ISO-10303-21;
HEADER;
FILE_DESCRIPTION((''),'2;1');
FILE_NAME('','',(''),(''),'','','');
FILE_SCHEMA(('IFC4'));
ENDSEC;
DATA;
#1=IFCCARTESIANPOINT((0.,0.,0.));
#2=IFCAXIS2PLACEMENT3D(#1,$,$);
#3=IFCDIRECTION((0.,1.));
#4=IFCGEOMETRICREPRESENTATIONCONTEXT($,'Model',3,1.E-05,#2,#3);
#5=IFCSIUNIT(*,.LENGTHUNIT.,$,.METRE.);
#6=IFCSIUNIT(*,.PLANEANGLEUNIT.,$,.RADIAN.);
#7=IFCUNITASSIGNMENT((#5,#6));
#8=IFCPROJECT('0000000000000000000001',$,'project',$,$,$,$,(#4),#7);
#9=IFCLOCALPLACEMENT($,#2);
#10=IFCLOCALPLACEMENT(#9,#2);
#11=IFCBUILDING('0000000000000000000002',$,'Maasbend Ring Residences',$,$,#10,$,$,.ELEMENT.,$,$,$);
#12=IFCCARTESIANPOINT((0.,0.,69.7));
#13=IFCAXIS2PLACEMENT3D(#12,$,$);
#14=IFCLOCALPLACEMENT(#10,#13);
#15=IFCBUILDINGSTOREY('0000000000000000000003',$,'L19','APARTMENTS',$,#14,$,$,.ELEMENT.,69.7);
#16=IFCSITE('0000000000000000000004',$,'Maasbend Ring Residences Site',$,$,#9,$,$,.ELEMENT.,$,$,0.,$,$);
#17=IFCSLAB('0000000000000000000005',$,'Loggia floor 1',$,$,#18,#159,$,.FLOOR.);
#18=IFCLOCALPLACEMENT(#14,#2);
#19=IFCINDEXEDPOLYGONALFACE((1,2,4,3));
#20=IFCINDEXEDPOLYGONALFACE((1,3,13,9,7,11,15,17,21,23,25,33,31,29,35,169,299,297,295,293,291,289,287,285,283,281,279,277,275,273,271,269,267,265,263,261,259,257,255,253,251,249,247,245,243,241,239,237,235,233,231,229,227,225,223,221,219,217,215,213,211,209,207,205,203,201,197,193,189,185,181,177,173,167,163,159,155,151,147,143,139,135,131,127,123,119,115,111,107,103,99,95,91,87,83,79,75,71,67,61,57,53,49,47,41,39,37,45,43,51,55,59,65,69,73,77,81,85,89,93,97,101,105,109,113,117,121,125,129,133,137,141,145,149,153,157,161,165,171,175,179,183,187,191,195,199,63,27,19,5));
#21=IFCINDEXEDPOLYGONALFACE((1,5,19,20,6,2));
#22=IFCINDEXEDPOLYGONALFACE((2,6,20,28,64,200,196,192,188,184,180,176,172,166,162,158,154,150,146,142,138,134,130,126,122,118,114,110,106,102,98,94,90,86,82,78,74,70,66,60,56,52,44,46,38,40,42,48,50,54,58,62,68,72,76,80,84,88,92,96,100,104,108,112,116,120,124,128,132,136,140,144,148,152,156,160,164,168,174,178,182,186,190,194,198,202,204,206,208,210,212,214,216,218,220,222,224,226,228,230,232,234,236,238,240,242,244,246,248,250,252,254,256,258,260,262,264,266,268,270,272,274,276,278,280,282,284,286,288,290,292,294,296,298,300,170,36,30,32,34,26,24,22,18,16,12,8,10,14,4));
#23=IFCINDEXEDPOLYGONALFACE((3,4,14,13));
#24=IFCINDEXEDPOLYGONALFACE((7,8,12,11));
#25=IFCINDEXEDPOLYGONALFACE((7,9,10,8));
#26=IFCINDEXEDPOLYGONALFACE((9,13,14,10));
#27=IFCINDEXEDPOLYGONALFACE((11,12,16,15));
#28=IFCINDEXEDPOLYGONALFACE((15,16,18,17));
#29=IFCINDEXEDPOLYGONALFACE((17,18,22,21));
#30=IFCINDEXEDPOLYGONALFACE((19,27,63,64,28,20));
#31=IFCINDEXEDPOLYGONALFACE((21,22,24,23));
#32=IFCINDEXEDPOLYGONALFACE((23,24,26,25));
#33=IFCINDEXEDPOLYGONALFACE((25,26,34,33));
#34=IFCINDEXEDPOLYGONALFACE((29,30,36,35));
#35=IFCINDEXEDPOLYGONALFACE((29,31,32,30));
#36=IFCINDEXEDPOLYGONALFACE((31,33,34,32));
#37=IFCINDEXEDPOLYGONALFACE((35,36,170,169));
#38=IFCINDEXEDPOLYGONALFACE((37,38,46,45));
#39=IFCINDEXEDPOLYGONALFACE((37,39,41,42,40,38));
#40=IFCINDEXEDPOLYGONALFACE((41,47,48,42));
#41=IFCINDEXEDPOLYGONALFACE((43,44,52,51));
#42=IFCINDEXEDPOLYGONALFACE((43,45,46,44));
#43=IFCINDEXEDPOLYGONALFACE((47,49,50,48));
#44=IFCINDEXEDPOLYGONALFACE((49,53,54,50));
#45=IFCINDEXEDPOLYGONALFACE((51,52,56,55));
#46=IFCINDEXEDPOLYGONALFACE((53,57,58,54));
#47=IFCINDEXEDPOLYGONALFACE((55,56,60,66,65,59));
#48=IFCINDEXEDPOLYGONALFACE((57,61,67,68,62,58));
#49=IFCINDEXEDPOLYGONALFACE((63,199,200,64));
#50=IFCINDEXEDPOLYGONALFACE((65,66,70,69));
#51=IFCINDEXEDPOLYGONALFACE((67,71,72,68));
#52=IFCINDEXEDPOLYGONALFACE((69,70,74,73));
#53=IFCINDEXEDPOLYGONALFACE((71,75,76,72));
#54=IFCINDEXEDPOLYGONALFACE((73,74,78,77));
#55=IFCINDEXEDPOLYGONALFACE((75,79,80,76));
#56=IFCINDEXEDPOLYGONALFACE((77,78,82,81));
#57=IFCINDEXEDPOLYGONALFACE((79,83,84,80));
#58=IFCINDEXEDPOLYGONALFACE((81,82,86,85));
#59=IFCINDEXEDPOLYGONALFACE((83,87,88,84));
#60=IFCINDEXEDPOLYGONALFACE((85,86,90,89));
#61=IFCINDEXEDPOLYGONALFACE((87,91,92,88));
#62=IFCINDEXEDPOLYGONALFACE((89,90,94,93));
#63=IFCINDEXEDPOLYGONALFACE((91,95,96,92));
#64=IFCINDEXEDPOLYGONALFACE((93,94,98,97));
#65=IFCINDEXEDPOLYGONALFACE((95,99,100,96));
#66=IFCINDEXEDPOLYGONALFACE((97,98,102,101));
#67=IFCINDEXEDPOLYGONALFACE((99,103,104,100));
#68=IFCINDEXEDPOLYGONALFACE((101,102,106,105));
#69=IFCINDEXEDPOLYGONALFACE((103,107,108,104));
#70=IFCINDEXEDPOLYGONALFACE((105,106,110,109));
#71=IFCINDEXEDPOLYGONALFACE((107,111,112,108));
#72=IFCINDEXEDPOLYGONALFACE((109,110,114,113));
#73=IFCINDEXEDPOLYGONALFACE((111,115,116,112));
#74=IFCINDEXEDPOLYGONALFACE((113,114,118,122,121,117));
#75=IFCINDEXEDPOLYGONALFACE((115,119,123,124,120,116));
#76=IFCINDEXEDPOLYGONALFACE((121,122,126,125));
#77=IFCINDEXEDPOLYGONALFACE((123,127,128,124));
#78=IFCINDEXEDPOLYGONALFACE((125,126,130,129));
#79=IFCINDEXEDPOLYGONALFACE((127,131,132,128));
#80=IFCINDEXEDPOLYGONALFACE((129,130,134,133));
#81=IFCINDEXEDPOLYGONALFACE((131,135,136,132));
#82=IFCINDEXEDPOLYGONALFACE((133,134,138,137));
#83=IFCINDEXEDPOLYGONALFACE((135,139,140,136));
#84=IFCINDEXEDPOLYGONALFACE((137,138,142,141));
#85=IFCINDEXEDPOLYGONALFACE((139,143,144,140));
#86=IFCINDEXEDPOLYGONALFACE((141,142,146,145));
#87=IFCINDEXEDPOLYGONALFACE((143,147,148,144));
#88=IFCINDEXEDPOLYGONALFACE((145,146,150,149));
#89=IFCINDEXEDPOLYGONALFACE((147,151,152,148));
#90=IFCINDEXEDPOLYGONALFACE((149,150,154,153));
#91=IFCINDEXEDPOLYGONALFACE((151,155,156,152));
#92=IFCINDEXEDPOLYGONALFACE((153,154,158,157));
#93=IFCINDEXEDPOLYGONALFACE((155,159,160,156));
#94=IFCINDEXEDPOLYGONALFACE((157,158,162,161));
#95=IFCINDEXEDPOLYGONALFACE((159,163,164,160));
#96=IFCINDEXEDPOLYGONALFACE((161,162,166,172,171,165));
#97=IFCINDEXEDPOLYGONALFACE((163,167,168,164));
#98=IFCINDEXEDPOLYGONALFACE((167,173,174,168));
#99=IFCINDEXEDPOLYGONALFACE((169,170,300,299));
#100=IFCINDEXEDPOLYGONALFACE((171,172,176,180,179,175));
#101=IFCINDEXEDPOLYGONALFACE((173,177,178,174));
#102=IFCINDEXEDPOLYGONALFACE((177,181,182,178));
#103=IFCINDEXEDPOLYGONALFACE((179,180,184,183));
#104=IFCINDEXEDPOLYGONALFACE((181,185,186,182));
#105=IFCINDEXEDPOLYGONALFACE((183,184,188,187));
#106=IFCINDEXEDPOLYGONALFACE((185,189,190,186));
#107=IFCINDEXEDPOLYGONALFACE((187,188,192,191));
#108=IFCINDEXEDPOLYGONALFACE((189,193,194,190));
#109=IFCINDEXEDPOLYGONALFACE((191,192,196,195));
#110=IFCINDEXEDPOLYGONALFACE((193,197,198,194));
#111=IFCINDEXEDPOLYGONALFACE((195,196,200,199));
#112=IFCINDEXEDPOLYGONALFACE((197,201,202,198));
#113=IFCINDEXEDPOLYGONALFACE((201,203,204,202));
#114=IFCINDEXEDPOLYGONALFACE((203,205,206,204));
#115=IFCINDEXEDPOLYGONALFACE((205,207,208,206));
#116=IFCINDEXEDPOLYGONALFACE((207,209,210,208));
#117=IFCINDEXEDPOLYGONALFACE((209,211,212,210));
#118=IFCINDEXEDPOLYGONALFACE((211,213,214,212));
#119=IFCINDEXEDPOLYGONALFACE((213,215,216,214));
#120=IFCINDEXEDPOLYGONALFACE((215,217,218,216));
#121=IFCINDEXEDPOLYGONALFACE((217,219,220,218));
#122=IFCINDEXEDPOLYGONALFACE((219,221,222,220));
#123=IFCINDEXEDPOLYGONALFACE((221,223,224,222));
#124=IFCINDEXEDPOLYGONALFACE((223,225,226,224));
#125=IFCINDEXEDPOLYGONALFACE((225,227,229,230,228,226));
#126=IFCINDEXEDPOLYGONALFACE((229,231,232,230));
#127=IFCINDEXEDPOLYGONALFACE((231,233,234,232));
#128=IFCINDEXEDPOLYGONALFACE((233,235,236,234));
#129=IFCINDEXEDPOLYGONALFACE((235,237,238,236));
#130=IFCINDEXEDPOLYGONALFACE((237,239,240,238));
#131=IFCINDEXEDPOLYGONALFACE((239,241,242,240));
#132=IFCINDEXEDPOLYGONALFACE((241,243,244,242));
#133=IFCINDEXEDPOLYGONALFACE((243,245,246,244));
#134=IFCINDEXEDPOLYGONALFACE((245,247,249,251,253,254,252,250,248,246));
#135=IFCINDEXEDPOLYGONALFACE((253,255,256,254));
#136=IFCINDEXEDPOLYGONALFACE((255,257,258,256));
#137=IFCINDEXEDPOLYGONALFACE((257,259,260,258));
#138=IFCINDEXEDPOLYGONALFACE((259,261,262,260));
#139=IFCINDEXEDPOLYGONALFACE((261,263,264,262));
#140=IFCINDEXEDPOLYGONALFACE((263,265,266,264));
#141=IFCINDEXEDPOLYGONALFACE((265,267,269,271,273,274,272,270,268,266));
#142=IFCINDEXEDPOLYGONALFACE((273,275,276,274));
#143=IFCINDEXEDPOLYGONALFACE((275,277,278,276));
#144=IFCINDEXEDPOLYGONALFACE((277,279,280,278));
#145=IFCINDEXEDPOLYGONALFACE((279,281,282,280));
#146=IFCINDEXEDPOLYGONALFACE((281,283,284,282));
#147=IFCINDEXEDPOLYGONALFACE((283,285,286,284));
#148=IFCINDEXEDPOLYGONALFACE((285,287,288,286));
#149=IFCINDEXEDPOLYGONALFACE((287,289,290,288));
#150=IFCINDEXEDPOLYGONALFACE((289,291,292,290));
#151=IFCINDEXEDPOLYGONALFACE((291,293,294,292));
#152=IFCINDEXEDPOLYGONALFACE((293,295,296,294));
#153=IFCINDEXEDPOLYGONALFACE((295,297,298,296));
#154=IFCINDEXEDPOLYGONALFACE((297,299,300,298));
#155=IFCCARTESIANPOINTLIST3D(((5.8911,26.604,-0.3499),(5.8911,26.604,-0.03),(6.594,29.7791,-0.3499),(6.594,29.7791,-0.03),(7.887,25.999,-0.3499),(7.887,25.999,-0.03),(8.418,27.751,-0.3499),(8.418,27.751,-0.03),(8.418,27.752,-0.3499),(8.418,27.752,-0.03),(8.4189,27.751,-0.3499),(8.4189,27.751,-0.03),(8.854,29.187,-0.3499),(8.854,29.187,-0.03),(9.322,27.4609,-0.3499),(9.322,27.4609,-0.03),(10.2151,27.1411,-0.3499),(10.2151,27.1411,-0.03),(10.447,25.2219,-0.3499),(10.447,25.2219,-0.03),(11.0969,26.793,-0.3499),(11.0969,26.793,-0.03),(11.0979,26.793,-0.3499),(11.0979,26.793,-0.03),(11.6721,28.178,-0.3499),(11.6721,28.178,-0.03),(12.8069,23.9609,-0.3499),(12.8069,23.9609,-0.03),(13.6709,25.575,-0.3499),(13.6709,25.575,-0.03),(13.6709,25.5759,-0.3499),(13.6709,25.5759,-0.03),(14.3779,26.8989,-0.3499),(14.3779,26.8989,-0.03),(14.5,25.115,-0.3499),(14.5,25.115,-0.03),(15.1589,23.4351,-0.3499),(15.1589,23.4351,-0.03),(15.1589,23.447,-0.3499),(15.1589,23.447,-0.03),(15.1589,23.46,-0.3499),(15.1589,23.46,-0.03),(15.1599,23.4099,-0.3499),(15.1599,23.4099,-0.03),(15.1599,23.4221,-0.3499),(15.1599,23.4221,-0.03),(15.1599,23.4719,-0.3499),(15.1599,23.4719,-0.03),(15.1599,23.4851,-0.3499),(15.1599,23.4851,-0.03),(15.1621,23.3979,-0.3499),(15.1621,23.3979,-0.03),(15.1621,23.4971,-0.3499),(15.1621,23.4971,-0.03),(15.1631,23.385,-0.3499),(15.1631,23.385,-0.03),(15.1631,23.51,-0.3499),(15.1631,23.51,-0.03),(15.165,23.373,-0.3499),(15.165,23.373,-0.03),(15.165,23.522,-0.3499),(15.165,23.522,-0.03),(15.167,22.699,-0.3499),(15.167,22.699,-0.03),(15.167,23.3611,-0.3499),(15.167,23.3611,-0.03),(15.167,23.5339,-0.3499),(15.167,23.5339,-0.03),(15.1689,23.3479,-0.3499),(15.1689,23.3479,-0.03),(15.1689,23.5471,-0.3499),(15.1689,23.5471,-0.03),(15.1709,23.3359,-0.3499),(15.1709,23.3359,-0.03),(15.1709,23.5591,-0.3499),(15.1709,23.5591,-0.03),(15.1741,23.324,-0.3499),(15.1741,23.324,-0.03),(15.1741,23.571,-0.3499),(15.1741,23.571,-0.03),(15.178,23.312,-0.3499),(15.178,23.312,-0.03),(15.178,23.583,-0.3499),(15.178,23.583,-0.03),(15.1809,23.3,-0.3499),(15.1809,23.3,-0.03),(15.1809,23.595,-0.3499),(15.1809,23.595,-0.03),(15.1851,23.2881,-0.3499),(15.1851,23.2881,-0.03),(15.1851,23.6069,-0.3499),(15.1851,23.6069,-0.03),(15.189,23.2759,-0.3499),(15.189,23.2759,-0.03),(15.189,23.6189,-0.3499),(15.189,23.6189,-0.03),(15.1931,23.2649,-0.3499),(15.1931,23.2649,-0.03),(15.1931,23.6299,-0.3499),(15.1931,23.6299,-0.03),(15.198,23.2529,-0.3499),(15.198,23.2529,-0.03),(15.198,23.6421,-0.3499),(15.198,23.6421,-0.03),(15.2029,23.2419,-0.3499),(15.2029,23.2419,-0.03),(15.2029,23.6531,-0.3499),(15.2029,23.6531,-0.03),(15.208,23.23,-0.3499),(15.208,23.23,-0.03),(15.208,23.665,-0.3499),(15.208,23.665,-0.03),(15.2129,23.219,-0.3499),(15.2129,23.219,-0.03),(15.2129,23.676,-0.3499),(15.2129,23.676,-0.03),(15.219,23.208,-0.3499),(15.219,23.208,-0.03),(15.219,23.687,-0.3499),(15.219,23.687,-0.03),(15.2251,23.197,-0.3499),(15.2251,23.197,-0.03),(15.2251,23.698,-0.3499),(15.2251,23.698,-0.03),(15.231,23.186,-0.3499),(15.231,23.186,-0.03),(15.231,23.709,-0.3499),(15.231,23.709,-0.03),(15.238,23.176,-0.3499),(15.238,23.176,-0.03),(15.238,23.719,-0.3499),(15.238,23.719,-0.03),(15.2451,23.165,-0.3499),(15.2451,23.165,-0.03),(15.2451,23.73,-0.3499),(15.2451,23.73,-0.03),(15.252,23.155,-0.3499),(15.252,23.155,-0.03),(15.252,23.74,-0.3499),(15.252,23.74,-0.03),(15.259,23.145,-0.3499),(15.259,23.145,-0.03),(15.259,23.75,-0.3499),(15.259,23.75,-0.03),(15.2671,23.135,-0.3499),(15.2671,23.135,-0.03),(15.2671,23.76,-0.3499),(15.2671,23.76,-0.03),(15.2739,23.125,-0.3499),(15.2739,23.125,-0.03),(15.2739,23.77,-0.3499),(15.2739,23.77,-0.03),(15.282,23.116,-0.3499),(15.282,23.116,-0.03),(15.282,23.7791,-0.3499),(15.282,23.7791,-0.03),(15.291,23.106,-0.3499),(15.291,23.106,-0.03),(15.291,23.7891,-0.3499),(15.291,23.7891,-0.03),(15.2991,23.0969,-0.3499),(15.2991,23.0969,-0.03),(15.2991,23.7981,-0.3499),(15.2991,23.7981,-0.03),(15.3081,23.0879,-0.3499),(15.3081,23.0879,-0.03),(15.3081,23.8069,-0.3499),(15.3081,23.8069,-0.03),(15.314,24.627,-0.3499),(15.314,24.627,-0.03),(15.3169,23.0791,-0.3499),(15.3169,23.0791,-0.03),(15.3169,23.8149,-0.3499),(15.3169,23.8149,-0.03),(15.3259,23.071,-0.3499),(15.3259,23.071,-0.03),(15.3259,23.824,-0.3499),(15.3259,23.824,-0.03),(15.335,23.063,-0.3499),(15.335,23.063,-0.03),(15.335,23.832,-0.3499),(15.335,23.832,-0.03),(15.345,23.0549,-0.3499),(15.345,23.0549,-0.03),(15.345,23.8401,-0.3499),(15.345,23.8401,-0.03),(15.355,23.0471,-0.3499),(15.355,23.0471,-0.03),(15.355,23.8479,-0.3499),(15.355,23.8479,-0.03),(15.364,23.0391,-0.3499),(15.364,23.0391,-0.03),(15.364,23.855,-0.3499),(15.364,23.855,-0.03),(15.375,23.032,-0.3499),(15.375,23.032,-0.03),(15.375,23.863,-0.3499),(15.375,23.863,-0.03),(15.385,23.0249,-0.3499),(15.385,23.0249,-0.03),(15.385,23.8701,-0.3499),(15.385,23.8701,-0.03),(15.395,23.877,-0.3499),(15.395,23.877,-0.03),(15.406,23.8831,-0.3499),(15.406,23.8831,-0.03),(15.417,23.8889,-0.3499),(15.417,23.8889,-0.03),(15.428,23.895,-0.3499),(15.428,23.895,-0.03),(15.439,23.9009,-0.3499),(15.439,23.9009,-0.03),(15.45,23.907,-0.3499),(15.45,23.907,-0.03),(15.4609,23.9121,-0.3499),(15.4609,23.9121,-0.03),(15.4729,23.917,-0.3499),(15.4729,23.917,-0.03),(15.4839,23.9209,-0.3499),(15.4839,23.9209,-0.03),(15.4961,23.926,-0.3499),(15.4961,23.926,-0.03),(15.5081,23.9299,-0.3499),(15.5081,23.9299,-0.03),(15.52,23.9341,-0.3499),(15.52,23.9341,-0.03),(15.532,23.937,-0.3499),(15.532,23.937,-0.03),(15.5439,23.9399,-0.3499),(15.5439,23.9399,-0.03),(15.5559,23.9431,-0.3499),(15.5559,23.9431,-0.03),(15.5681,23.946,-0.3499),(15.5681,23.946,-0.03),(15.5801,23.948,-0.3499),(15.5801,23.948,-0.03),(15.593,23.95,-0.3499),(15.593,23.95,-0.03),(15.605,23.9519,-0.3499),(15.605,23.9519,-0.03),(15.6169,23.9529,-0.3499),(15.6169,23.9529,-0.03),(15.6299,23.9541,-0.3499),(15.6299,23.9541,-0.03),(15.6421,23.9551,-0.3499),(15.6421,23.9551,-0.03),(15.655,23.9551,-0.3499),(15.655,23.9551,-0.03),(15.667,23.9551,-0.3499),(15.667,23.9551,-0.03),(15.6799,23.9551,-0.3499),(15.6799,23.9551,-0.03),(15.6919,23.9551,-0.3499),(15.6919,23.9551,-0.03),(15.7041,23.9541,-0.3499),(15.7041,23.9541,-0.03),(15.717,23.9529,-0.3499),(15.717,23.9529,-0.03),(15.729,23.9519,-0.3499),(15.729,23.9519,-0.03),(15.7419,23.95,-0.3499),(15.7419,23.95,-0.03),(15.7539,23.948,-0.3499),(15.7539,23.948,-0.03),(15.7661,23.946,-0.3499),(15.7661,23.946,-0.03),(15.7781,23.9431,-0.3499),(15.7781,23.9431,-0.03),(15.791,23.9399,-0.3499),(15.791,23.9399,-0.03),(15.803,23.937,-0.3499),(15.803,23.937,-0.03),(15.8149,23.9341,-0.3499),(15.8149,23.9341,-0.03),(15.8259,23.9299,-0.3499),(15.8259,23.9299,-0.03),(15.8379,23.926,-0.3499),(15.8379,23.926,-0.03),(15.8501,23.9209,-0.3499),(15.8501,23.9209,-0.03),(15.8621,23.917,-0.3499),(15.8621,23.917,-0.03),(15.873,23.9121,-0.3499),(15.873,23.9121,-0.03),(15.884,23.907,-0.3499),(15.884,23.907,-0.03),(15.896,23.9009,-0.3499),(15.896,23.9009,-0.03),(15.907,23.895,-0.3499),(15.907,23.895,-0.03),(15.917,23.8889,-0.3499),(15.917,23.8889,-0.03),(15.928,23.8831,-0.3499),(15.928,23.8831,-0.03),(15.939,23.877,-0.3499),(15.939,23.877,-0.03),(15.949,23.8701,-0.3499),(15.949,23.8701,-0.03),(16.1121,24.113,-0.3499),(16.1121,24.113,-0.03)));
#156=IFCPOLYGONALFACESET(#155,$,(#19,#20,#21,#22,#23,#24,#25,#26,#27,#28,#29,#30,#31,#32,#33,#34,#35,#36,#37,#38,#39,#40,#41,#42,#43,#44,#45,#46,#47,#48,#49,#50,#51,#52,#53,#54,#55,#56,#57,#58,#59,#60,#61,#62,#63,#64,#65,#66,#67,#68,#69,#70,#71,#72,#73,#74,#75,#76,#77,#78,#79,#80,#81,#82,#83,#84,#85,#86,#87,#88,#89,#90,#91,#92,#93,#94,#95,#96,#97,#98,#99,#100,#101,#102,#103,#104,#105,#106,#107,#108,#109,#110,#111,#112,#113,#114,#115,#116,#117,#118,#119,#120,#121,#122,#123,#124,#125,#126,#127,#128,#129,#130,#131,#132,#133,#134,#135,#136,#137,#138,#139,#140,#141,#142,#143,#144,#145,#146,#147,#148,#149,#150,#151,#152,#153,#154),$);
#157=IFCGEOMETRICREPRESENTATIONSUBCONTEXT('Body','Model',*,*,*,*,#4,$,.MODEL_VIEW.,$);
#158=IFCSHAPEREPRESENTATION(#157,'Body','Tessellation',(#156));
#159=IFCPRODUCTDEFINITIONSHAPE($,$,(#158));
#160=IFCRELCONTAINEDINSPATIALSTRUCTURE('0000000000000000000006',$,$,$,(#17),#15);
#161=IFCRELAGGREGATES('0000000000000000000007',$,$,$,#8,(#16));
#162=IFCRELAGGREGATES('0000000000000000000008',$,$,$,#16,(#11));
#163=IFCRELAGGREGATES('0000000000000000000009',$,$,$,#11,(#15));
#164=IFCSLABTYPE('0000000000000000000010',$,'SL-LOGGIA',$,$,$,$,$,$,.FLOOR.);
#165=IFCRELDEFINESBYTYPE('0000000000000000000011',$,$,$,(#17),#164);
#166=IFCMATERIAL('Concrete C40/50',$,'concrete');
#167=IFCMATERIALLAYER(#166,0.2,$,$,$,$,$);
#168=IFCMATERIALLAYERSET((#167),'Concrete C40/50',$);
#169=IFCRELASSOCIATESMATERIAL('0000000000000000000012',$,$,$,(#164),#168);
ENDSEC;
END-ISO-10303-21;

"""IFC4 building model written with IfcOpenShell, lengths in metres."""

from ifc_helpers import new_model, si_unit, direction, frame, origin, place, context, subcontext, project, spatial, polyline, outline, extrude, material, layer, layer_set, type_object, element, save


model = new_model("IFC4")

# Units and contexts
model_context = context("Model", 3, precision=1e-05, world=origin(), true_north=direction((0.0, 1.0)))
body_context = subcontext(model_context, "Body", "Model", "MODEL_VIEW")
ifc_project = project(units=[si_unit("LENGTHUNIT", "METRE"), si_unit("PLANEANGLEUNIT", "RADIAN")], contexts=[model_context])

# Site, building, storey
site_placement = place(None, origin())
site = spatial("IfcSite", under=ifc_project, at=site_placement, Name="Maasbend Ring Residences Site", CompositionType="ELEMENT", RefElevation=0.0)
building_placement = place(site_placement, origin())
building = spatial("IfcBuilding", under=site, at=building_placement, Name="Maasbend Ring Residences", CompositionType="ELEMENT")
storey_placement = place(building_placement, frame((0.0, 0.0, 69.7)))
storey = spatial("IfcBuildingStorey", under=building, at=storey_placement, Name="L19", Description="APARTMENTS", CompositionType="ELEMENT", Elevation=69.7)

# Slab
ifc_material_1 = material(Name="Concrete C40/50", Category="concrete")
ifc_layer_1 = layer(ifc_material_1, 0.2)
ifc_layer_set_1 = layer_set([ifc_layer_1], Name="Concrete C40/50")
slab_type_1 = type_object("IfcSlabType", Name="SL-LOGGIA", PredefinedType="FLOOR", material=ifc_layer_set_1)
slab_1_placement = place(storey_placement, frame((0.0, 0.0, -0.3499)))
element("IfcSlab", 1, at=slab_1_placement, inside=storey, type_object=slab_type_1, Name="Loggia floor 1", PredefinedType="FLOOR", context=body_context, shape_type="SweptSolid", body=[
    extrude(outline(polyline([(8.854, 29.187), (8.854, 29.187), (8.854, 29.187), (8.418, 27.752), (8.418, 27.752), (8.418, 27.752), (8.418, 27.752), (8.418, 27.752), (8.418, 27.752), (8.418, 27.751), (8.418, 27.751), (8.418, 27.751), (8.418, 27.751), (8.418, 27.751), (8.4189, 27.751), (8.4189, 27.751), (8.4189, 27.751), (8.4189, 27.751), (8.4189, 27.751), (8.4189, 27.751), (9.322, 27.4609), (9.322, 27.4609), (10.2151, 27.1411), (10.2151, 27.1411), (11.0969, 26.793), (11.0969, 26.793), (11.0969, 26.793), (11.0979, 26.793), (11.0979, 26.793), (11.0979, 26.793), (11.0979, 26.793), (11.0979, 26.793), (11.0979, 26.793), (11.0979, 26.793), (11.0979, 26.793), (11.0979, 26.793), (11.0979, 26.793), (11.0979, 26.793), (11.0979, 26.793), (11.0979, 26.793), (11.0979, 26.793), (11.6721, 28.178), (11.6721, 28.178), (11.6721, 28.178), (14.3779, 26.8989), (14.3779, 26.8989), (14.3779, 26.8989), (13.6709, 25.5759), (13.6709, 25.5759), (13.6709, 25.5759), (13.6709, 25.5759), (13.6709, 25.5759), (13.6709, 25.5759), (13.6709, 25.5759), (13.6709, 25.5759), (13.6709, 25.5759), (13.6709, 25.5759), (13.6709, 25.5759), (13.6709, 25.5759), (13.6709, 25.5759), (13.6709, 25.5759), (13.6709, 25.5759), (13.6709, 25.5759), (13.6709, 25.575), (14.5, 25.115), (14.5, 25.115), (15.314, 24.627), (15.314, 24.627), (16.1121, 24.113), (16.1121, 24.113), (16.1121, 24.113), (15.949, 23.8701), (15.939, 23.877), (15.928, 23.8831), (15.917, 23.8889), (15.907, 23.895), (15.896, 23.9009), (15.884, 23.907), (15.873, 23.9121), (15.8621, 23.917), (15.8501, 23.9209), (15.8379, 23.926), (15.8259, 23.9299), (15.8149, 23.9341), (15.803, 23.937), (15.791, 23.9399), (15.7781, 23.9431), (15.7661, 23.946), (15.7539, 23.948), (15.7419, 23.95), (15.729, 23.9519), (15.717, 23.9529), (15.7041, 23.9541), (15.6919, 23.9551), (15.6799, 23.9551), (15.667, 23.9551), (15.655, 23.9551), (15.6421, 23.9551), (15.6299, 23.9541), (15.6169, 23.9529), (15.605, 23.9519), (15.593, 23.95), (15.5801, 23.948), (15.5681, 23.946), (15.5559, 23.9431), (15.5439, 23.9399), (15.532, 23.937), (15.52, 23.9341), (15.5081, 23.9299), (15.4961, 23.926), (15.4839, 23.9209), (15.4729, 23.917), (15.4609, 23.9121), (15.45, 23.907), (15.439, 23.9009), (15.428, 23.895), (15.417, 23.8889), (15.406, 23.8831), (15.395, 23.877), (15.385, 23.8701), (15.375, 23.863), (15.364, 23.855), (15.355, 23.8479), (15.345, 23.8401), (15.335, 23.832), (15.3259, 23.824), (15.3169, 23.8149), (15.3081, 23.8069), (15.2991, 23.7981), (15.291, 23.7891), (15.282, 23.7791), (15.2739, 23.77), (15.2671, 23.76), (15.259, 23.75), (15.252, 23.74), (15.2451, 23.73), (15.238, 23.719), (15.231, 23.709), (15.2251, 23.698), (15.219, 23.687), (15.2129, 23.676), (15.208, 23.665), (15.2029, 23.6531), (15.198, 23.6421), (15.1931, 23.6299), (15.189, 23.6189), (15.1851, 23.6069), (15.1809, 23.595), (15.178, 23.583), (15.1741, 23.571), (15.1709, 23.5591), (15.1689, 23.5471), (15.167, 23.5339), (15.165, 23.522), (15.1631, 23.51), (15.1621, 23.4971), (15.1599, 23.4851), (15.1599, 23.4719), (15.1589, 23.46), (15.1589, 23.447), (15.1589, 23.4351), (15.1599, 23.4221), (15.1599, 23.4099), (15.1621, 23.3979), (15.1631, 23.385), (15.165, 23.373), (15.167, 23.3611), (15.1689, 23.3479), (15.1709, 23.3359), (15.1741, 23.324), (15.178, 23.312), (15.1809, 23.3), (15.1851, 23.2881), (15.189, 23.2759), (15.1931, 23.2649), (15.198, 23.2529), (15.2029, 23.2419), (15.208, 23.23), (15.2129, 23.219), (15.219, 23.208), (15.2251, 23.197), (15.231, 23.186), (15.238, 23.176), (15.2451, 23.165), (15.252, 23.155), (15.259, 23.145), (15.2671, 23.135), (15.2739, 23.125), (15.282, 23.116), (15.291, 23.106), (15.2991, 23.0969), (15.3081, 23.0879), (15.3169, 23.0791), (15.3259, 23.071), (15.335, 23.063), (15.345, 23.0549), (15.355, 23.0471), (15.364, 23.0391), (15.375, 23.032), (15.385, 23.0249), (15.167, 22.699), (15.167, 22.699), (15.167, 22.699), (12.8069, 23.9609), (10.447, 25.2219), (10.447, 25.2219), (10.447, 25.2219), (7.887, 25.999), (5.8911, 26.604), (5.8911, 26.604), (5.8911, 26.604), (6.594, 29.7791), (6.594, 29.7791), (6.594, 29.7791), (8.854, 29.187)])), origin(), (0.0, 0.0, 1.0), 0.3198),
])

save(model, "model.ifc")
